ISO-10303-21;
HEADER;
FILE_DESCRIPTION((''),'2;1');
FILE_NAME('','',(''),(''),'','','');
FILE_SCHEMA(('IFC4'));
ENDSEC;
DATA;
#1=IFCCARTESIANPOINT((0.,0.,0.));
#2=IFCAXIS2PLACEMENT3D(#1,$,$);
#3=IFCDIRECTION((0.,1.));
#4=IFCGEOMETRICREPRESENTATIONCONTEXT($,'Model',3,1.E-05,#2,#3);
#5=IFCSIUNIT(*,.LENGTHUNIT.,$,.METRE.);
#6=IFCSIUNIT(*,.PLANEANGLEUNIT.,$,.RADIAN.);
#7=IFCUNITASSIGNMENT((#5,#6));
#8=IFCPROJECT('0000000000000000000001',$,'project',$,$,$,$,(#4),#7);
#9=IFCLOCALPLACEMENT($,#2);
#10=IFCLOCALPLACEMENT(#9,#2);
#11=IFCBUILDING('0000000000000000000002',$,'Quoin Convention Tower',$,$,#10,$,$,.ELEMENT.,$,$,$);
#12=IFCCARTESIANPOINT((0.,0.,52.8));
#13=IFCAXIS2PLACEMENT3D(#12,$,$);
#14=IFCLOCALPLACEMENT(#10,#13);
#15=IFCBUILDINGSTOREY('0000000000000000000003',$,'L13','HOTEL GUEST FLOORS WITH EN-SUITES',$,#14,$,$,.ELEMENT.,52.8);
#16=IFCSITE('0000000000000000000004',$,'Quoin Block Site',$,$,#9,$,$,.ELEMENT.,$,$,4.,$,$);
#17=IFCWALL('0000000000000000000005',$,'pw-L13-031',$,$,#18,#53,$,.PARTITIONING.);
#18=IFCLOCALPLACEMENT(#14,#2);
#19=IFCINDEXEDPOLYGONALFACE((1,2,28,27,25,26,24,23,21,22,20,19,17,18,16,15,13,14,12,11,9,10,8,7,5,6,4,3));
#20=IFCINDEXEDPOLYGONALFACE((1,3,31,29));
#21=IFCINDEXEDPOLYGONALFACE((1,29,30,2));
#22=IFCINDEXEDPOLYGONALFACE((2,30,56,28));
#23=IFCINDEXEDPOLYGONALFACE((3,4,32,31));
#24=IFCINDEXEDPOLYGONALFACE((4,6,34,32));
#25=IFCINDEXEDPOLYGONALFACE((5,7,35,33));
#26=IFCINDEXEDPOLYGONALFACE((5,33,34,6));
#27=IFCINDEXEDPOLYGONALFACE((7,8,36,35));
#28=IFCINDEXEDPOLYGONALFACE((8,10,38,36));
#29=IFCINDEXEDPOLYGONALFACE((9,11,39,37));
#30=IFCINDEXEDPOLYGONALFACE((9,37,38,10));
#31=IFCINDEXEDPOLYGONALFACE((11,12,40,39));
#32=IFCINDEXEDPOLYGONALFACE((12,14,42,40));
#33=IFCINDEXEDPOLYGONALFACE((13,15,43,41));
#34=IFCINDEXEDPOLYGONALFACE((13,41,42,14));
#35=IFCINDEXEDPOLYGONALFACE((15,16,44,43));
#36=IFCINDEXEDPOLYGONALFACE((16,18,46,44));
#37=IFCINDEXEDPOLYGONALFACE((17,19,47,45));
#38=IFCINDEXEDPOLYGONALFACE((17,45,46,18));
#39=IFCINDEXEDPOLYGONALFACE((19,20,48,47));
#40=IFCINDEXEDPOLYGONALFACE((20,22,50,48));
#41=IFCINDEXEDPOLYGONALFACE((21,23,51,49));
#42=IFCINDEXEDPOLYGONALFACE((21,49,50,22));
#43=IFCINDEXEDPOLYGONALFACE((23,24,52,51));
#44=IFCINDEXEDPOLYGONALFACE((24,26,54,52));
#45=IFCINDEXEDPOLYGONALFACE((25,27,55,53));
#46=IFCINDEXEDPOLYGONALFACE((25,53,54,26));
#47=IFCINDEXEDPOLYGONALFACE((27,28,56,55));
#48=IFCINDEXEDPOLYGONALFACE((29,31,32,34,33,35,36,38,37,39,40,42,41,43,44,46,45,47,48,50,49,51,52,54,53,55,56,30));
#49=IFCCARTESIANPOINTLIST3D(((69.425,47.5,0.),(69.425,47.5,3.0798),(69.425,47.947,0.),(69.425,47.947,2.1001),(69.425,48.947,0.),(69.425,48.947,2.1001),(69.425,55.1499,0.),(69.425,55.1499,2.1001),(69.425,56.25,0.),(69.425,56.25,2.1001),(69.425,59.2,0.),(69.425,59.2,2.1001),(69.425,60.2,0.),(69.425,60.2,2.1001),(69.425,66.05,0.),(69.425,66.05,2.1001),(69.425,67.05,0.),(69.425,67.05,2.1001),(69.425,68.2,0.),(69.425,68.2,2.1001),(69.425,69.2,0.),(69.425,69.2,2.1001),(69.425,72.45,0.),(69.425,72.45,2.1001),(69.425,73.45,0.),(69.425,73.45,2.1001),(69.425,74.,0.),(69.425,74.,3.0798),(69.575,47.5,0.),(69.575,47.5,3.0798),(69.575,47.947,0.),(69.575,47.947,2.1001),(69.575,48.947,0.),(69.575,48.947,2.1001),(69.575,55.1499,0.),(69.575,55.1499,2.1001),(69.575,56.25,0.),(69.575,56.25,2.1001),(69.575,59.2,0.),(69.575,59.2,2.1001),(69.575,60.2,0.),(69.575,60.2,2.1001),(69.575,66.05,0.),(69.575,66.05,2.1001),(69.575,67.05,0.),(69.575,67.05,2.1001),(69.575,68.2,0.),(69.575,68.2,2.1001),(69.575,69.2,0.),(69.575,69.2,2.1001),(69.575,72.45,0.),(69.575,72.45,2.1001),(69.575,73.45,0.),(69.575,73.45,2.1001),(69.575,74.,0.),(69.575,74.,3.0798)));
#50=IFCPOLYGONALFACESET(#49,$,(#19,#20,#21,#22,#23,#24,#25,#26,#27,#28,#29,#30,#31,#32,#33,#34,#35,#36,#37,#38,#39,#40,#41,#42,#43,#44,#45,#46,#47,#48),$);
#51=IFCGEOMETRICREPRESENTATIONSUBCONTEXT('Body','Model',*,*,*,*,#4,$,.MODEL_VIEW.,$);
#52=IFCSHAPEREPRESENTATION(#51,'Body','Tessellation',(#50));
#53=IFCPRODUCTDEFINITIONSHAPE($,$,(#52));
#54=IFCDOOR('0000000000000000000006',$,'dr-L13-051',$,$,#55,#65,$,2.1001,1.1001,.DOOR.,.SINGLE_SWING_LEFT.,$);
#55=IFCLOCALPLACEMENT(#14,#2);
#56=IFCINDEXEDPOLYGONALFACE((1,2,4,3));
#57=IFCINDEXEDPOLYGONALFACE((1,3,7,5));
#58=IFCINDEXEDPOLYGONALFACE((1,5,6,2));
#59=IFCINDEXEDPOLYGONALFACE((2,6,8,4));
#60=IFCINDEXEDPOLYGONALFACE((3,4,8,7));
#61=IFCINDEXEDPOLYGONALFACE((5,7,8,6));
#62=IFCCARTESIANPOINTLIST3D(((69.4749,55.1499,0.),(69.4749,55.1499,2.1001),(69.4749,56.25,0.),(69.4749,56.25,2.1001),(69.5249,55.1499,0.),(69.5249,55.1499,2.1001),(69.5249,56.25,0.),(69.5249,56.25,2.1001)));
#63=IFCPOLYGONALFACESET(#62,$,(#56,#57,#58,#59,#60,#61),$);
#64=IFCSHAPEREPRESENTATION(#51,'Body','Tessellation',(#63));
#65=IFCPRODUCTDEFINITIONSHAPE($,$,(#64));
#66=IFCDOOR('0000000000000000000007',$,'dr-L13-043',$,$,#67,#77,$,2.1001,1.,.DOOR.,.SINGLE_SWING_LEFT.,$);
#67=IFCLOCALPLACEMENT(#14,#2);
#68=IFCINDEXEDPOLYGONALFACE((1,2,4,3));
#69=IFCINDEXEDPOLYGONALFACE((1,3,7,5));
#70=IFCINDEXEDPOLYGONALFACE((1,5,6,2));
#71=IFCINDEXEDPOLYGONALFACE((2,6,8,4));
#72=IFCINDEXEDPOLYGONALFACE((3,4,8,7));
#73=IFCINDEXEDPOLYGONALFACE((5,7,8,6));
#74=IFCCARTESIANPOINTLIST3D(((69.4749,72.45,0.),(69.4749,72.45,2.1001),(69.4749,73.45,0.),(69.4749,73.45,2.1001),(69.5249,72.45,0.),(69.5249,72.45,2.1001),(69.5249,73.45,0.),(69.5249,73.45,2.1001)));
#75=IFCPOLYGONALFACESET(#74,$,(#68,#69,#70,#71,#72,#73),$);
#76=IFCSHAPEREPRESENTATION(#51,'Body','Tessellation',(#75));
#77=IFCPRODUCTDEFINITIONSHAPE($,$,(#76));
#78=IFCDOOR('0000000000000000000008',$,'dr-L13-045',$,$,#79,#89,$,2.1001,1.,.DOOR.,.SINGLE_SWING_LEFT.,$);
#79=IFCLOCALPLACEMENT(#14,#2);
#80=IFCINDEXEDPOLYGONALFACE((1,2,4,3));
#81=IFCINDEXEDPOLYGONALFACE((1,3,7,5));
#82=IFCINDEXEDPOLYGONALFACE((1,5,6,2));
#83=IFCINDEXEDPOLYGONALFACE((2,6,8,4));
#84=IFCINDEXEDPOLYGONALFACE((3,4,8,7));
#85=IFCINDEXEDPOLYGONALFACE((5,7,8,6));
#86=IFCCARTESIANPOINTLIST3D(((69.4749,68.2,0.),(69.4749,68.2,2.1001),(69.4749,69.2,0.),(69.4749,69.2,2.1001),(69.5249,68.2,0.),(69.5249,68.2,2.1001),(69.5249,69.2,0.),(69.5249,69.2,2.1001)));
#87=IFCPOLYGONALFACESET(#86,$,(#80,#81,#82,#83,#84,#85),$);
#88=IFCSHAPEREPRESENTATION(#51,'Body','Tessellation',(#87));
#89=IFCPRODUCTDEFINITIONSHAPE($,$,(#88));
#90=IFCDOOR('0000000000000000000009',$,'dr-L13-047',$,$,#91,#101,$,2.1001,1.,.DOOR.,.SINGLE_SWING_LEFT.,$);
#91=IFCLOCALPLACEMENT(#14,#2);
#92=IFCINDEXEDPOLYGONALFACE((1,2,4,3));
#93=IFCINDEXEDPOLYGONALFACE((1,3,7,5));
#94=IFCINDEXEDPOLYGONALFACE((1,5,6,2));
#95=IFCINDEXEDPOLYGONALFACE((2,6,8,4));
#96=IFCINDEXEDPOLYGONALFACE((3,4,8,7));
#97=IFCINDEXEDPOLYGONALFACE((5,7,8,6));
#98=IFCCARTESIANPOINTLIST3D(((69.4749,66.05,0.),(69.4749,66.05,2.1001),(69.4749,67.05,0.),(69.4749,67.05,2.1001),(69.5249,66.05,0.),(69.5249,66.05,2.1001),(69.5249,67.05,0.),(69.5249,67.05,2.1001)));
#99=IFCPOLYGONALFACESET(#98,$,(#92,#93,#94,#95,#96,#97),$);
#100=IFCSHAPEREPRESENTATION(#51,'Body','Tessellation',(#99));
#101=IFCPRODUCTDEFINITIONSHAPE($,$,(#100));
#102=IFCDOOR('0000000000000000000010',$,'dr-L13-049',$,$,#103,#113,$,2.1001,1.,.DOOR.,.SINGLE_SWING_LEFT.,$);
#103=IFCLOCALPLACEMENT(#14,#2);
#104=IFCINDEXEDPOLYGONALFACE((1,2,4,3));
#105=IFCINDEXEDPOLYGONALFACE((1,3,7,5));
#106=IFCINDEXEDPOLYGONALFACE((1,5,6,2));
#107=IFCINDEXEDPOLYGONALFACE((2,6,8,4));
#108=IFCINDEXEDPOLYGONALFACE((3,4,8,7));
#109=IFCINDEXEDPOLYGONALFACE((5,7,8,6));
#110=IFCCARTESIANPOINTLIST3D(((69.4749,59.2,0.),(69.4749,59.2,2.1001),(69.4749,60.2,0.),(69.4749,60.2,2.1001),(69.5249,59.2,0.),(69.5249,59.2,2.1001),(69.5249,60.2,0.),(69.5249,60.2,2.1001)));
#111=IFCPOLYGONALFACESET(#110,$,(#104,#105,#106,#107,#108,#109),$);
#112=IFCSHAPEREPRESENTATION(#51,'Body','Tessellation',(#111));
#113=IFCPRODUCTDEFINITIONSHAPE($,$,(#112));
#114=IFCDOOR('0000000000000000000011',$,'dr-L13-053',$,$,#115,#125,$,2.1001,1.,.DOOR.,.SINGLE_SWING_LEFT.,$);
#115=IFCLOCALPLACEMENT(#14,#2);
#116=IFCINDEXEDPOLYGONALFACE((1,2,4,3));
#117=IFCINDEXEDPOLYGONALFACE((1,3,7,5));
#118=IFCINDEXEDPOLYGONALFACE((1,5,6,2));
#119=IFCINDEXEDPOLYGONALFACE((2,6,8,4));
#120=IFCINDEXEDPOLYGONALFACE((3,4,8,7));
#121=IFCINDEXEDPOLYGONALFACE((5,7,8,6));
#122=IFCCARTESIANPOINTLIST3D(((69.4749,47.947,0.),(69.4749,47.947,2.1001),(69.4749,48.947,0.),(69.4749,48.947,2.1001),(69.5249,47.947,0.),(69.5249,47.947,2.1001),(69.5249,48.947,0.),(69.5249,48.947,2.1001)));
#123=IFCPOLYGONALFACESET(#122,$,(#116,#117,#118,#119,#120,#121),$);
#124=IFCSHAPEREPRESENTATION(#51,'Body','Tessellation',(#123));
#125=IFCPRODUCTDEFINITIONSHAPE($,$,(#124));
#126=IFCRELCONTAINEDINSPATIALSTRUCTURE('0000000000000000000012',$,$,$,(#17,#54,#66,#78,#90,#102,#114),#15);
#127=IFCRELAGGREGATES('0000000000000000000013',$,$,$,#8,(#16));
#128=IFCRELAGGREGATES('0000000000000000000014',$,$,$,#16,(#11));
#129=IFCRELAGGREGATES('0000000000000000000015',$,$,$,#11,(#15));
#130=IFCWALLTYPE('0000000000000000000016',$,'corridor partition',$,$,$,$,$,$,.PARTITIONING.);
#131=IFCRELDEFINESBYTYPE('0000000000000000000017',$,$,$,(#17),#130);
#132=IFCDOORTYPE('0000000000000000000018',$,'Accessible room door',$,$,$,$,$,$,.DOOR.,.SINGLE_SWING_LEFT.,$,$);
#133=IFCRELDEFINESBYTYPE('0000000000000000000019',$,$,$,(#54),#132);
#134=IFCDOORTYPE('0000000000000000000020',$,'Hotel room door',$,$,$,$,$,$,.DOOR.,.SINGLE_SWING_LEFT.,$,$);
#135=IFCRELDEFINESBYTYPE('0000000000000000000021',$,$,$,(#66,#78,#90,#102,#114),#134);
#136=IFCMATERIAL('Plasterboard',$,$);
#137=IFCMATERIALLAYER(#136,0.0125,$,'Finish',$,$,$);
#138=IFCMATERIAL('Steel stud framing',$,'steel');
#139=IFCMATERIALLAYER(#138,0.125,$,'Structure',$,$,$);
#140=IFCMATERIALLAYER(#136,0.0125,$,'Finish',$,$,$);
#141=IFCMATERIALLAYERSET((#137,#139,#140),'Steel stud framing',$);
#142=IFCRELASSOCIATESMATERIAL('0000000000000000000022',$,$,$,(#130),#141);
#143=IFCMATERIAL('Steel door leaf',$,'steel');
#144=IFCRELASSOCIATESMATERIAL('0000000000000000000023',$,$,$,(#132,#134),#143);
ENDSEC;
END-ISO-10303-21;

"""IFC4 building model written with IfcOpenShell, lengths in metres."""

from ifc_helpers import new_model, si_unit, direction, frame, frame_2d, origin, place, context, subcontext, project, spatial, rectangle, extrude, material, layer, layer_set, type_object, element, fill, save


model = new_model("IFC4")

# Units and contexts
model_context = context("Model", 3, precision=1e-05, world=origin(), true_north=direction((0.0, 1.0)))
body_context = subcontext(model_context, "Body", "Model", "MODEL_VIEW")
ifc_project = project(units=[si_unit("LENGTHUNIT", "METRE"), si_unit("PLANEANGLEUNIT", "RADIAN")], contexts=[model_context])

# Site, building, storey
site_placement = place(None, origin())
site = spatial("IfcSite", under=ifc_project, at=site_placement, Name="Quoin Block Site", CompositionType="ELEMENT", RefElevation=4.0)
building_placement = place(site_placement, origin())
building = spatial("IfcBuilding", under=site, at=building_placement, Name="Quoin Convention Tower", CompositionType="ELEMENT")
storey_placement = place(building_placement, frame((0.0, 0.0, 52.8)))
storey = spatial("IfcBuildingStorey", under=building, at=storey_placement, Name="L13", Description="HOTEL GUEST FLOORS WITH EN-SUITES", CompositionType="ELEMENT", Elevation=52.8)

# Shared definitions
ifc_material_1 = material(Name="Steel door leaf", Category="steel")

# Wall, openings, doors
ifc_material_2 = material(Name="Plasterboard")
ifc_layer_1 = layer(ifc_material_2, 0.0125, Name="Finish")
ifc_material_3 = material(Name="Steel stud framing", Category="steel")
ifc_layer_2 = layer(ifc_material_3, 0.125, Name="Structure")
ifc_layer_3 = layer(ifc_material_2, 0.0125, Name="Finish")
ifc_layer_set_1 = layer_set([ifc_layer_1, ifc_layer_2, ifc_layer_3], Name="Steel stud framing")
wall_type_1 = type_object("IfcWallType", Name="corridor partition", PredefinedType="PARTITIONING", material=ifc_layer_set_1)
wall_1_placement = place(storey_placement, frame((69.5, 47.5, 0.0), z_axis=(0.0, 0.0, 1.0), x_axis=(0.0, 1.0, 0.0)))
wall_1 = element("IfcWall", 1, at=wall_1_placement, inside=storey, type_object=wall_type_1, Name="pw-L13-031", PredefinedType="PARTITIONING", context=body_context, shape_type="SweptSolid", body=[
    extrude(rectangle(XDim=26.5, YDim=0.1499, at=frame_2d((13.25, 0.0))), origin(), (0.0, 0.0, 1.0), 3.0798),
])
opening_1_placement = place(wall_1_placement, frame((24.95, 0.0, 0.0)))
opening_1 = element("IfcOpeningElement", 2, at=opening_1_placement, cuts=wall_1, PredefinedType="OPENING", context=body_context, shape_type="SweptSolid", body=[
    extrude(rectangle(XDim=1.0, YDim=2.1001, at=frame_2d((0.5, 1.05))), frame((0.0, 0.085, 0.0), z_axis=(0.0, -1.0, 0.0), x_axis=(1.0, 0.0, 0.0)), (0.0, 0.0, 1.0), 0.1699),
])
opening_2_placement = place(wall_1_placement, frame((20.7, 0.0, 0.0)))
opening_2 = element("IfcOpeningElement", 3, at=opening_2_placement, cuts=wall_1, PredefinedType="OPENING", context=body_context, shape_type="SweptSolid", body=[
    extrude(rectangle(XDim=1.0, YDim=2.1001, at=frame_2d((0.5, 1.05))), frame((0.0, 0.085, 0.0), z_axis=(0.0, -1.0, 0.0), x_axis=(1.0, 0.0, 0.0)), (0.0, 0.0, 1.0), 0.1699),
])
opening_3_placement = place(wall_1_placement, frame((18.55, 0.0, 0.0)))
opening_3 = element("IfcOpeningElement", 4, at=opening_3_placement, cuts=wall_1, PredefinedType="OPENING", context=body_context, shape_type="SweptSolid", body=[
    extrude(rectangle(XDim=1.0, YDim=2.1001, at=frame_2d((0.5, 1.05))), frame((0.0, 0.085, 0.0), z_axis=(0.0, -1.0, 0.0), x_axis=(1.0, 0.0, 0.0)), (0.0, 0.0, 1.0), 0.1699),
])
opening_4_placement = place(wall_1_placement, frame((11.7, 0.0, 0.0)))
opening_4 = element("IfcOpeningElement", 5, at=opening_4_placement, cuts=wall_1, PredefinedType="OPENING", context=body_context, shape_type="SweptSolid", body=[
    extrude(rectangle(XDim=1.0, YDim=2.1001, at=frame_2d((0.5, 1.05))), frame((0.0, 0.085, 0.0), z_axis=(0.0, -1.0, 0.0), x_axis=(1.0, 0.0, 0.0)), (0.0, 0.0, 1.0), 0.1699),
])
opening_5_placement = place(wall_1_placement, frame((7.6499, 0.0, 0.0)))
opening_5 = element("IfcOpeningElement", 6, at=opening_5_placement, cuts=wall_1, PredefinedType="OPENING", context=body_context, shape_type="SweptSolid", body=[
    extrude(rectangle(XDim=1.1001, YDim=2.1001, at=frame_2d((0.55, 1.05))), frame((0.0, 0.085, 0.0), z_axis=(0.0, -1.0, 0.0), x_axis=(1.0, 0.0, 0.0)), (0.0, 0.0, 1.0), 0.1699),
])
opening_6_placement = place(wall_1_placement, frame((0.447, 0.0, 0.0)))
opening_6 = element("IfcOpeningElement", 7, at=opening_6_placement, cuts=wall_1, PredefinedType="OPENING", context=body_context, shape_type="SweptSolid", body=[
    extrude(rectangle(XDim=1.0, YDim=2.1001, at=frame_2d((0.5, 1.05))), frame((0.0, 0.085, 0.0), z_axis=(0.0, -1.0, 0.0), x_axis=(1.0, 0.0, 0.0)), (0.0, 0.0, 1.0), 0.1699),
])
door_type_1 = type_object("IfcDoorType", Name="Accessible room door", OperationType="SINGLE_SWING_LEFT", PredefinedType="DOOR", material=ifc_material_1)
door_1_placement = place(opening_5_placement, frame((1.1001, 0.0, 0.0), z_axis=(0.0, 0.0, 1.0), x_axis=(-1.0, 0.0, 0.0)))
door_1 = element("IfcDoor", 8, at=door_1_placement, inside=storey, type_object=door_type_1, Name="dr-L13-051", OperationType="SINGLE_SWING_LEFT", OverallHeight=2.1001, OverallWidth=1.1001, PredefinedType="DOOR", context=body_context, shape_type="SweptSolid", body=[
    extrude(rectangle(XDim=1.1001, YDim=2.1001, at=frame_2d((0.55, 1.05))), frame((0.0, 0.0249, 0.0), z_axis=(0.0, -1.0, 0.0), x_axis=(1.0, 0.0, 0.0)), (0.0, 0.0, 1.0), 0.05),
])
fill(opening_5, door_1)
door_type_2 = type_object("IfcDoorType", Name="Hotel room door", OperationType="SINGLE_SWING_LEFT", PredefinedType="DOOR", material=ifc_material_1)
door_2_placement = place(opening_1_placement, frame((1.0, 0.0, 0.0), z_axis=(0.0, 0.0, 1.0), x_axis=(-1.0, 0.0, 0.0)))
door_2 = element("IfcDoor", 9, at=door_2_placement, inside=storey, type_object=door_type_2, Name="dr-L13-043", OperationType="SINGLE_SWING_LEFT", OverallHeight=2.1001, OverallWidth=1.0, PredefinedType="DOOR", context=body_context, shape_type="SweptSolid", body=[
    extrude(rectangle(XDim=1.0, YDim=2.1001, at=frame_2d((0.5, 1.05))), frame((0.0, 0.0249, 0.0), z_axis=(0.0, -1.0, 0.0), x_axis=(1.0, 0.0, 0.0)), (0.0, 0.0, 1.0), 0.05),
])
fill(opening_1, door_2)
door_3_placement = place(opening_2_placement, frame((1.0, 0.0, 0.0), z_axis=(0.0, 0.0, 1.0), x_axis=(-1.0, 0.0, 0.0)))
door_3 = element("IfcDoor", 10, at=door_3_placement, inside=storey, type_object=door_type_2, Name="dr-L13-045", OperationType="SINGLE_SWING_LEFT", OverallHeight=2.1001, OverallWidth=1.0, PredefinedType="DOOR", context=body_context, shape_type="SweptSolid", body=[
    extrude(rectangle(XDim=1.0, YDim=2.1001, at=frame_2d((0.5, 1.05))), frame((0.0, 0.0249, 0.0), z_axis=(0.0, -1.0, 0.0), x_axis=(1.0, 0.0, 0.0)), (0.0, 0.0, 1.0), 0.05),
])
fill(opening_2, door_3)
door_4_placement = place(opening_3_placement, frame((1.0, 0.0, 0.0), z_axis=(0.0, 0.0, 1.0), x_axis=(-1.0, 0.0, 0.0)))
door_4 = element("IfcDoor", 11, at=door_4_placement, inside=storey, type_object=door_type_2, Name="dr-L13-047", OperationType="SINGLE_SWING_LEFT", OverallHeight=2.1001, OverallWidth=1.0, PredefinedType="DOOR", context=body_context, shape_type="SweptSolid", body=[
    extrude(rectangle(XDim=1.0, YDim=2.1001, at=frame_2d((0.5, 1.05))), frame((0.0, 0.0249, 0.0), z_axis=(0.0, -1.0, 0.0), x_axis=(1.0, 0.0, 0.0)), (0.0, 0.0, 1.0), 0.05),
])
fill(opening_3, door_4)
door_5_placement = place(opening_4_placement, frame((1.0, 0.0, 0.0), z_axis=(0.0, 0.0, 1.0), x_axis=(-1.0, 0.0, 0.0)))
door_5 = element("IfcDoor", 12, at=door_5_placement, inside=storey, type_object=door_type_2, Name="dr-L13-049", OperationType="SINGLE_SWING_LEFT", OverallHeight=2.1001, OverallWidth=1.0, PredefinedType="DOOR", context=body_context, shape_type="SweptSolid", body=[
    extrude(rectangle(XDim=1.0, YDim=2.1001, at=frame_2d((0.5, 1.05))), frame((0.0, 0.0249, 0.0), z_axis=(0.0, -1.0, 0.0), x_axis=(1.0, 0.0, 0.0)), (0.0, 0.0, 1.0), 0.05),
])
fill(opening_4, door_5)
door_6_placement = place(opening_6_placement, frame((1.0, 0.0, 0.0), z_axis=(0.0, 0.0, 1.0), x_axis=(-1.0, 0.0, 0.0)))
door_6 = element("IfcDoor", 13, at=door_6_placement, inside=storey, type_object=door_type_2, Name="dr-L13-053", OperationType="SINGLE_SWING_LEFT", OverallHeight=2.1001, OverallWidth=1.0, PredefinedType="DOOR", context=body_context, shape_type="SweptSolid", body=[
    extrude(rectangle(XDim=1.0, YDim=2.1001, at=frame_2d((0.5, 1.05))), frame((0.0, 0.0249, 0.0), z_axis=(0.0, -1.0, 0.0), x_axis=(1.0, 0.0, 0.0)), (0.0, 0.0, 1.0), 0.05),
])
fill(opening_6, door_6)

save(model, "model.ifc")
